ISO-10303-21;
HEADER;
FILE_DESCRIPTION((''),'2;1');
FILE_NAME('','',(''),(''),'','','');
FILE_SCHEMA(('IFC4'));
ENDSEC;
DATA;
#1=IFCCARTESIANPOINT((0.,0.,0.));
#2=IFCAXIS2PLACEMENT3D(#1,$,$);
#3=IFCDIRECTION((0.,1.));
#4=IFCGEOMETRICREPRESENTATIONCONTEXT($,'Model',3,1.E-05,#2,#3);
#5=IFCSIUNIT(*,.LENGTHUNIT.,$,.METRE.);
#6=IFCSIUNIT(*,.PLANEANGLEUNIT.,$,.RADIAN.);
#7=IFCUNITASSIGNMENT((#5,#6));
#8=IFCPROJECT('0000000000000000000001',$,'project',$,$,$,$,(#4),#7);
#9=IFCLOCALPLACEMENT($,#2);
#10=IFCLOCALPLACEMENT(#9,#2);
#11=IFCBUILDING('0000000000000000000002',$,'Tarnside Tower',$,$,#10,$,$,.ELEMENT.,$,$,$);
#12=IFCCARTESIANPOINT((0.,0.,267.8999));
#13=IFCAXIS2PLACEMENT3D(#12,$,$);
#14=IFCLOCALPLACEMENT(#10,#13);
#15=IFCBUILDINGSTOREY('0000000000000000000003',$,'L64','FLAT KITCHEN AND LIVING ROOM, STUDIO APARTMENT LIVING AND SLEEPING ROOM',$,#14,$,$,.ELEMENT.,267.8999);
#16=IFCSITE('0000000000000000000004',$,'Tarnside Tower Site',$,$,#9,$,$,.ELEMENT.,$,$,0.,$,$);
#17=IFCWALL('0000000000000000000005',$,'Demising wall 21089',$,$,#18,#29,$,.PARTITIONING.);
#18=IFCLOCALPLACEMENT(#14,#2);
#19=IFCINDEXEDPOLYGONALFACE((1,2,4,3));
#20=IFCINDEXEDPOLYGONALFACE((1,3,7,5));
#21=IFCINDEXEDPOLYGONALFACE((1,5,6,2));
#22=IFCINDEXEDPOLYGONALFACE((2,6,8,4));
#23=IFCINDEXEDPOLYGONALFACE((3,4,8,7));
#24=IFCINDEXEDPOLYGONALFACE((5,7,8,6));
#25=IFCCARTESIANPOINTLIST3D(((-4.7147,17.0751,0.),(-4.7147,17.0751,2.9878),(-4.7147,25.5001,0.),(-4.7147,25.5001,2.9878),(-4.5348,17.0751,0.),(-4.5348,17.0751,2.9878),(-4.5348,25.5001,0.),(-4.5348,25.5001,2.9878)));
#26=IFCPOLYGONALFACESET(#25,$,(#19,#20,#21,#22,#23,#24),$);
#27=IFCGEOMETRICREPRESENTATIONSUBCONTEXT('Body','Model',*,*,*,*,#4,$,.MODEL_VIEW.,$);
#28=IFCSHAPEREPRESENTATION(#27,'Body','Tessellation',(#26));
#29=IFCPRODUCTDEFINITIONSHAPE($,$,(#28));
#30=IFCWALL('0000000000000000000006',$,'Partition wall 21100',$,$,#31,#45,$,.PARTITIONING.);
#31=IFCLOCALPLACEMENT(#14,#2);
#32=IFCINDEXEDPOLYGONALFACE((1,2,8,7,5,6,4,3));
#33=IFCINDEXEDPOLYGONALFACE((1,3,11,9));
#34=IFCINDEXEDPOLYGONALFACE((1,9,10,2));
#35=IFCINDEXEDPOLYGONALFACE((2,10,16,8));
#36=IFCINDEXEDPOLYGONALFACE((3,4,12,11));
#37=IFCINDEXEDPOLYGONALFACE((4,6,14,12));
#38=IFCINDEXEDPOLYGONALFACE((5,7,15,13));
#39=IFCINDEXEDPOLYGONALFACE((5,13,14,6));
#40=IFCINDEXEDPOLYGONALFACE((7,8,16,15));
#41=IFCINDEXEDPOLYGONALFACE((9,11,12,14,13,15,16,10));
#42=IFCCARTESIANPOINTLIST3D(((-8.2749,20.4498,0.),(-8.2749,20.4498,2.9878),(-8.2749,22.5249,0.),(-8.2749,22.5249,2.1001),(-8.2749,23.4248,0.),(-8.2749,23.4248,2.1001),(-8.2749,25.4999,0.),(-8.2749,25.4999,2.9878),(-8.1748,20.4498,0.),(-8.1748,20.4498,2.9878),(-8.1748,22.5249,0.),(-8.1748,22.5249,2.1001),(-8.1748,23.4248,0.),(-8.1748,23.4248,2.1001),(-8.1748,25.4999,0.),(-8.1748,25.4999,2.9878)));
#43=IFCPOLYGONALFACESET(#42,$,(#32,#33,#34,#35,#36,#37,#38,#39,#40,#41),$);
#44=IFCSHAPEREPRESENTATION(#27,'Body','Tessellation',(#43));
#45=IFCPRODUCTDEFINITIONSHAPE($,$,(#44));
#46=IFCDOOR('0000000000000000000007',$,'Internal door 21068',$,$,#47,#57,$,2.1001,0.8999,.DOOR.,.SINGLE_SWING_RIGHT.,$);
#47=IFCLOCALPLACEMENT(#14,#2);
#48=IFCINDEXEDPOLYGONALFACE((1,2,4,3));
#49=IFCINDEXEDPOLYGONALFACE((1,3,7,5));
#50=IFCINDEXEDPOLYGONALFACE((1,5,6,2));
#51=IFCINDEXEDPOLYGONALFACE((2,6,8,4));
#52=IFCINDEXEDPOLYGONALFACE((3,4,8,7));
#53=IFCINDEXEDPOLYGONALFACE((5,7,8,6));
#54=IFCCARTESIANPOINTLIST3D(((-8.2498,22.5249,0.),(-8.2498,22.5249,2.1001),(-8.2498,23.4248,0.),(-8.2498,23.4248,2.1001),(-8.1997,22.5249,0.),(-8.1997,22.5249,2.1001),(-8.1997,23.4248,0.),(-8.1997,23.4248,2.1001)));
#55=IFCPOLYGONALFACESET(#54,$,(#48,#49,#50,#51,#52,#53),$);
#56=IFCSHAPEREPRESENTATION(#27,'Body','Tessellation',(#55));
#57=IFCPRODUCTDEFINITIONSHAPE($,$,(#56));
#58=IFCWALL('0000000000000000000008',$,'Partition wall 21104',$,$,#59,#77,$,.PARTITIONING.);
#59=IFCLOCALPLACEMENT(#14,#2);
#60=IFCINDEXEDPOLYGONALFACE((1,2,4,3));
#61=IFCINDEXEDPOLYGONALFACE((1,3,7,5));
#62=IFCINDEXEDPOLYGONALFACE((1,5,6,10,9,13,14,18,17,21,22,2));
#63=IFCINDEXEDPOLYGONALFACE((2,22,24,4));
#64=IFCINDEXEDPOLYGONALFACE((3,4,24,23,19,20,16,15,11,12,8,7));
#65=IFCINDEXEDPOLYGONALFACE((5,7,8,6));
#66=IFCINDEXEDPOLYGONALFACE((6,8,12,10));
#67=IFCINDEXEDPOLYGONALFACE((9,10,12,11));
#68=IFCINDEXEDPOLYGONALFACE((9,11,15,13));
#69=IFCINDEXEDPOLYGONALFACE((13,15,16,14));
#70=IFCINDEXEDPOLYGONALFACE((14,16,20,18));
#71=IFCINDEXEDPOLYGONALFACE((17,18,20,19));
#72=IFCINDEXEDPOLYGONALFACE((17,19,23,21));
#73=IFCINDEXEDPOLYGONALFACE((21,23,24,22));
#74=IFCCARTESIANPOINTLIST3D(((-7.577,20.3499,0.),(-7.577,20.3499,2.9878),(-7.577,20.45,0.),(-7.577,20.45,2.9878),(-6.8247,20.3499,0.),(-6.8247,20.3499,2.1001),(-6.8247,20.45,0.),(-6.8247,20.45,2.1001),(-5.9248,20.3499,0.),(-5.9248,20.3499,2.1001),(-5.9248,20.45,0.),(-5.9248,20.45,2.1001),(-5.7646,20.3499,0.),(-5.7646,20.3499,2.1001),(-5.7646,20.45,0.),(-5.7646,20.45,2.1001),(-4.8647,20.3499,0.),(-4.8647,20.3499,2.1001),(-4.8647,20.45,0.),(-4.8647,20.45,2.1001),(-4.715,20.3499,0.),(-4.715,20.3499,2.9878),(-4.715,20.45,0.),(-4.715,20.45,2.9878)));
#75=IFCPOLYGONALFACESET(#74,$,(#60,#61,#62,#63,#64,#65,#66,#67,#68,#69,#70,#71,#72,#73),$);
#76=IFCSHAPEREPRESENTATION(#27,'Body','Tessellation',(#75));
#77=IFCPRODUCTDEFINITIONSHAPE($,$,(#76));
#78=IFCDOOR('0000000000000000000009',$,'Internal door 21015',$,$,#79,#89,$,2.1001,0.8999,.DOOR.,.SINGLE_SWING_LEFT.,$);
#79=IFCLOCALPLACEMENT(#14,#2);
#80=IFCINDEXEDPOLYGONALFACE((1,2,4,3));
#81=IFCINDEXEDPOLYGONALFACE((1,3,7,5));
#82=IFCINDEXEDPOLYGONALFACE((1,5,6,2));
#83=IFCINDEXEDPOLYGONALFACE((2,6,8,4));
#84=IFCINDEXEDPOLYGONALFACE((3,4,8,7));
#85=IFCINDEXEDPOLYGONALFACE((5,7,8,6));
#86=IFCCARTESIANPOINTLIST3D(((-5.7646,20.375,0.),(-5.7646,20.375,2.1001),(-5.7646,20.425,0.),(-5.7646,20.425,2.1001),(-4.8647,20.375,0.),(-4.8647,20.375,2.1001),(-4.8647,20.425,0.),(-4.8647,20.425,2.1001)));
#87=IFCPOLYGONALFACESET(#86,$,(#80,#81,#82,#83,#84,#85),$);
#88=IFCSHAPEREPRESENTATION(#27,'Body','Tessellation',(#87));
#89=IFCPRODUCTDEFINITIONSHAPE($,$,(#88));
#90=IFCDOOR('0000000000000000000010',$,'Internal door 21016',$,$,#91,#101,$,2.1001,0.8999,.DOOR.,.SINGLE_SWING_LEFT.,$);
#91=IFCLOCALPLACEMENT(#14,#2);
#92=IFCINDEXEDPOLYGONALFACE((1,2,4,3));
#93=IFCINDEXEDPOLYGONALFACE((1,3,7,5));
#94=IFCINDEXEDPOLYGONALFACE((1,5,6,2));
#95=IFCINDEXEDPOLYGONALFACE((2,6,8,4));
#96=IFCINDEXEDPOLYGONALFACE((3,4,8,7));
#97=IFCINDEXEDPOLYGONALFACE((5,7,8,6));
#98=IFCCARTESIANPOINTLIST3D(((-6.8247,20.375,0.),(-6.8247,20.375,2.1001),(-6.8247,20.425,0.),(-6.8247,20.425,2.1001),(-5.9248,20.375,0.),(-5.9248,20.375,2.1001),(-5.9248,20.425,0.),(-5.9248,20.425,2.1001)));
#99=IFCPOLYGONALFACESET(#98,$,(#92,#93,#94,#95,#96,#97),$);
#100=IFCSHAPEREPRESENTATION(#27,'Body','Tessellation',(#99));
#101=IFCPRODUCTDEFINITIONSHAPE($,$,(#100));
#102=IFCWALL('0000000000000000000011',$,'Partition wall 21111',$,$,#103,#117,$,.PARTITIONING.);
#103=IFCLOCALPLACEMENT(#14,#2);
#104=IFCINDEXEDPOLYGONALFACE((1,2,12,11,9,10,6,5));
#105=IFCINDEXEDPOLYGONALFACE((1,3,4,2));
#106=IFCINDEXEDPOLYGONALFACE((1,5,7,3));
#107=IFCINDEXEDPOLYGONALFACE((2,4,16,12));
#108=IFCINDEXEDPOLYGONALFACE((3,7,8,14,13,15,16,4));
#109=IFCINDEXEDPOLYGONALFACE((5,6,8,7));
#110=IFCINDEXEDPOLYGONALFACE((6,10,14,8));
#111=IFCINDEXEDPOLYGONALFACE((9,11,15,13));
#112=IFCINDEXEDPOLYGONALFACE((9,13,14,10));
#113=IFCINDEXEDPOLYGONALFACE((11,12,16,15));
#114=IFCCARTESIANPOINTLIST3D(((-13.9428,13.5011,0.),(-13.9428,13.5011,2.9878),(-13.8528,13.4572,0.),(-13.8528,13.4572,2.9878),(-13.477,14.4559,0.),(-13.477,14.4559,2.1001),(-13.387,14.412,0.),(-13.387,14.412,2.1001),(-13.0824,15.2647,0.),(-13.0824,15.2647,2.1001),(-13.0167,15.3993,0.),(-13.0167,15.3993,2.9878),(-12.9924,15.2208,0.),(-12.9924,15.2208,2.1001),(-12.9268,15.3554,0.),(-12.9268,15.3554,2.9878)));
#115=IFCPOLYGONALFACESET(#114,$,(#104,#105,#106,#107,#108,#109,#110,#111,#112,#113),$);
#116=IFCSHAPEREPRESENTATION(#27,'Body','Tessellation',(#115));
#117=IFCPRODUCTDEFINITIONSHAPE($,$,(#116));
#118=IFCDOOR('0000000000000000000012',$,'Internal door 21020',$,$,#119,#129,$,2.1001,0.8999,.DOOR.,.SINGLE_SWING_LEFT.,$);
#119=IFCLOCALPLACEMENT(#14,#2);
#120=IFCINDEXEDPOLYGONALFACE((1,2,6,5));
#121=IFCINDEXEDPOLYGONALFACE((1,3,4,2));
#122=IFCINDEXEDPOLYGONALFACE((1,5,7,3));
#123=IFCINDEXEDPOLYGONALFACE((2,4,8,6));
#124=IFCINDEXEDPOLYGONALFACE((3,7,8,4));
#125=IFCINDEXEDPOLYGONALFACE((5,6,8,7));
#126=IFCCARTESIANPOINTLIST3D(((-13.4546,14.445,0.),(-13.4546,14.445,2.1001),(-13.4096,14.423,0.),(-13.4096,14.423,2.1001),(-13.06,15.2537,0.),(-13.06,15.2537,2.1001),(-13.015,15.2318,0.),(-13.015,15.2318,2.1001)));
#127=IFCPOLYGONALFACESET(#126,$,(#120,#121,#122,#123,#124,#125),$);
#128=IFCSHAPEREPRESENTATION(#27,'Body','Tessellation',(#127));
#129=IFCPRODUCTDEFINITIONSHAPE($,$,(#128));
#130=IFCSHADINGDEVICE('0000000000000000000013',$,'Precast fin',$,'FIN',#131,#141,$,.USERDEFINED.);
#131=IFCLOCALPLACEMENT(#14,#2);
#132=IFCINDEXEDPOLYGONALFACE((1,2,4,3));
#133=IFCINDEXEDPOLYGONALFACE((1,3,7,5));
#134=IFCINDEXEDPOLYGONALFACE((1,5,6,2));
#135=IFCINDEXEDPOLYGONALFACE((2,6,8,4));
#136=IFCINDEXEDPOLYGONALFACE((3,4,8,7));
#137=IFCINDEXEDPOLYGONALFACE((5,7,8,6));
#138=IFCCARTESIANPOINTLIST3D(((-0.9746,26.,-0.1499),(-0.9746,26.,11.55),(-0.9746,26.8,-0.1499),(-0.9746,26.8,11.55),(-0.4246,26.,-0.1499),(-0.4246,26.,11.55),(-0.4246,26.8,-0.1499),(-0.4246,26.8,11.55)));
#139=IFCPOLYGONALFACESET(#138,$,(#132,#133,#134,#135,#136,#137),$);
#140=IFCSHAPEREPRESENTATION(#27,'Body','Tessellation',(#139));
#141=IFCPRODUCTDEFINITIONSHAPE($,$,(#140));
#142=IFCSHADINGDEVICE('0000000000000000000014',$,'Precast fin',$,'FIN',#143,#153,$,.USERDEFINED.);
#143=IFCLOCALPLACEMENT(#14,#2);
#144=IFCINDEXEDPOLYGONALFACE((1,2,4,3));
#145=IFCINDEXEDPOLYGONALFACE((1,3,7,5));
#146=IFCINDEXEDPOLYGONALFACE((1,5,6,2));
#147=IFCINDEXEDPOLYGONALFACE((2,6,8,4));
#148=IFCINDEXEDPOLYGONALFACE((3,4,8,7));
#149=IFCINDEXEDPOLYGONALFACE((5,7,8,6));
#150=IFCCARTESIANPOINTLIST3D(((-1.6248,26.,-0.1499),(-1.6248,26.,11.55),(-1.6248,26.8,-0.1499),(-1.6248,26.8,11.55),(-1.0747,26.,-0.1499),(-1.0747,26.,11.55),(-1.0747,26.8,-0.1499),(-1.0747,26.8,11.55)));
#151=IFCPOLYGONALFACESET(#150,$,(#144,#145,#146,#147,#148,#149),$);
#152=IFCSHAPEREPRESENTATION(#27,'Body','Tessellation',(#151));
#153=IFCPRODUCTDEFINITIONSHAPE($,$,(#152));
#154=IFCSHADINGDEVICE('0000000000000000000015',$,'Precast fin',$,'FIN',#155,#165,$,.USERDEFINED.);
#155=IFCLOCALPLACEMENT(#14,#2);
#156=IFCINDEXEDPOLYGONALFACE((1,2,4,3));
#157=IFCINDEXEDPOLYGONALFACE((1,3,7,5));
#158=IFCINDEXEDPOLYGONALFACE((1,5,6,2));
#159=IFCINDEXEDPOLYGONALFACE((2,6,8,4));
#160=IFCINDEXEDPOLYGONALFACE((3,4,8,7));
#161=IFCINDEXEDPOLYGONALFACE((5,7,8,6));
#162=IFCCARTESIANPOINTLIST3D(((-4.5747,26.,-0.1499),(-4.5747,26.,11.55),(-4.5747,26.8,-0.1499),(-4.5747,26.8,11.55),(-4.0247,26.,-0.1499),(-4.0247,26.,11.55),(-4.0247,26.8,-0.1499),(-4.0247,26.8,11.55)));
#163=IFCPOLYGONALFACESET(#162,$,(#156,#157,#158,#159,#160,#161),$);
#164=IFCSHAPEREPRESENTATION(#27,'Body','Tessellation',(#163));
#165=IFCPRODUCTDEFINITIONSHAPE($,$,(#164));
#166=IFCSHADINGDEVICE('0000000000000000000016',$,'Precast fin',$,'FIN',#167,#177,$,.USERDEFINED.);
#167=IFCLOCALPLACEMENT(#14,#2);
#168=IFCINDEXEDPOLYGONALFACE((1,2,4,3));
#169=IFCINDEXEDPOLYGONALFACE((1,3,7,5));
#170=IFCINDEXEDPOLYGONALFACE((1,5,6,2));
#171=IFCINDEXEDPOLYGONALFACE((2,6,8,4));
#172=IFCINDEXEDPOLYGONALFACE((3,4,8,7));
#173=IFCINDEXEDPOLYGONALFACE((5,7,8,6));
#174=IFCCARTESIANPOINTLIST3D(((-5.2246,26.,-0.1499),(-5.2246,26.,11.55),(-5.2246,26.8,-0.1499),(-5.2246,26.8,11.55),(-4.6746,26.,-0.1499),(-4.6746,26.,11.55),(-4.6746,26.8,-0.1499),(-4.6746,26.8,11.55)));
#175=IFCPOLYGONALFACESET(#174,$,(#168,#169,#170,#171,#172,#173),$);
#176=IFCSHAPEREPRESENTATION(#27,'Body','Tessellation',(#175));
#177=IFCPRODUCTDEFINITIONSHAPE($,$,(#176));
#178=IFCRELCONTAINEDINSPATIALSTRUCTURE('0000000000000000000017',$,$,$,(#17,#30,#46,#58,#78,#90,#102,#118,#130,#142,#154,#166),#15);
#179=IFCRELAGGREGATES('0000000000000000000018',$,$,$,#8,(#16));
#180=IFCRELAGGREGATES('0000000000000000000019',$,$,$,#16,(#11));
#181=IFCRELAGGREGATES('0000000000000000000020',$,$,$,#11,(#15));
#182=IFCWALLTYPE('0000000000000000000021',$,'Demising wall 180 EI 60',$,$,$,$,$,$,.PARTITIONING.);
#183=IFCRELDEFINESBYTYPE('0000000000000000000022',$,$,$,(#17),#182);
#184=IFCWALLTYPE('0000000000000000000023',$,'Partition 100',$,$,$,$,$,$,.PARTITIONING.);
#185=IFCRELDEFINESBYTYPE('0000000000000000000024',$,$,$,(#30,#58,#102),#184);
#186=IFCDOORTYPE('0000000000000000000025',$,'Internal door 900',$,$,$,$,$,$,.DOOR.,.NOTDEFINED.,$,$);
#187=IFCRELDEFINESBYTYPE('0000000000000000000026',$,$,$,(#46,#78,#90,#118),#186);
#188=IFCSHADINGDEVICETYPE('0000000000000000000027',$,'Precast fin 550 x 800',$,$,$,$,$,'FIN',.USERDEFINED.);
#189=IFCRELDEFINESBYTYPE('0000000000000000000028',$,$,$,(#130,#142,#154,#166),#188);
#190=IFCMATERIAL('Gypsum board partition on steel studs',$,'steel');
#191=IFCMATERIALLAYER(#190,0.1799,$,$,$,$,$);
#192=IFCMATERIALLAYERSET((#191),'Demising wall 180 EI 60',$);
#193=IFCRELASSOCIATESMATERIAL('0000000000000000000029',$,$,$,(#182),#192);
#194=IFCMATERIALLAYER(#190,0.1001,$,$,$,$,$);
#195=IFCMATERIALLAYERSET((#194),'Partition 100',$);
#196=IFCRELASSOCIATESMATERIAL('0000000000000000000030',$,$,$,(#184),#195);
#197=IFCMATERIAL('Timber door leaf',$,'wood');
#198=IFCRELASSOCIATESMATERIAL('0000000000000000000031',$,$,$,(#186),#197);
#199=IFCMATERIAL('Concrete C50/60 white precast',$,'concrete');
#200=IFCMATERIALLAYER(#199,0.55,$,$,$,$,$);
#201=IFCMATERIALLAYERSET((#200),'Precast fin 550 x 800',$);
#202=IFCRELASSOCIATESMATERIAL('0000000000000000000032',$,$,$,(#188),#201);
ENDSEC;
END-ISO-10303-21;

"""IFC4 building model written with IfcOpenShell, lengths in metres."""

from ifc_helpers import new_model, si_unit, direction, frame, frame_2d, origin, place, context, subcontext, project, spatial, polyline, rectangle, outline, extrude, material, layer, layer_set, type_object, element, fill, save


model = new_model("IFC4")

# Units and contexts
model_context = context("Model", 3, precision=1e-05, world=origin(), true_north=direction((0.0, 1.0)))
body_context = subcontext(model_context, "Body", "Model", "MODEL_VIEW")
ifc_project = project(units=[si_unit("LENGTHUNIT", "METRE"), si_unit("PLANEANGLEUNIT", "RADIAN")], contexts=[model_context])

# Site, building, storey
site_placement = place(None, origin())
site = spatial("IfcSite", under=ifc_project, at=site_placement, Name="Tarnside Tower Site", CompositionType="ELEMENT", RefElevation=0.0)
building_placement = place(site_placement, origin())
building = spatial("IfcBuilding", under=site, at=building_placement, Name="Tarnside Tower", CompositionType="ELEMENT")
storey_placement = place(building_placement, frame((0.0, 0.0, 267.8999)))
storey = spatial("IfcBuildingStorey", under=building, at=storey_placement, Name="L64", Description="FLAT KITCHEN AND LIVING ROOM, STUDIO APARTMENT LIVING AND SLEEPING ROOM", CompositionType="ELEMENT", Elevation=267.8999)

# Shared definitions
ifc_material_1 = material(Name="Gypsum board partition on steel studs", Category="steel")

# Shared definitions
ifc_material_2 = material(Name="Timber door leaf", Category="wood")

# Wall
ifc_layer_1 = layer(ifc_material_1, 0.1799)
ifc_layer_set_1 = layer_set([ifc_layer_1], Name="Demising wall 180 EI 60")
wall_type_1 = type_object("IfcWallType", Name="Demising wall 180 EI 60", PredefinedType="PARTITIONING", material=ifc_layer_set_1)
wall_1_placement = place(storey_placement, frame((-4.6248, 25.5, 0.0), z_axis=(0.0, 0.0, 1.0), x_axis=(0.0, -1.0, 0.0)))
element("IfcWall", 1, at=wall_1_placement, inside=storey, type_object=wall_type_1, Name="Demising wall 21089", PredefinedType="PARTITIONING", context=body_context, shape_type="SweptSolid", body=[
    extrude(rectangle(XDim=8.425, YDim=0.1799, at=frame_2d((4.2124, 0.0))), origin(), (0.0, 0.0, 1.0), 2.9878),
])

# Wall, opening, door
ifc_layer_2 = layer(ifc_material_1, 0.1001)
ifc_layer_set_2 = layer_set([ifc_layer_2], Name="Partition 100")
wall_type_2 = type_object("IfcWallType", Name="Partition 100", PredefinedType="PARTITIONING", material=ifc_layer_set_2)
wall_2_placement = place(storey_placement, frame((-8.2249, 20.45, 0.0), z_axis=(0.0, 0.0, 1.0), x_axis=(0.0, 1.0, 0.0)))
wall_2 = element("IfcWall", 2, at=wall_2_placement, inside=storey, type_object=wall_type_2, Name="Partition wall 21100", PredefinedType="PARTITIONING", context=body_context, shape_type="SweptSolid", body=[
    extrude(rectangle(XDim=5.05, YDim=0.1001, at=frame_2d((2.5249, 0.0))), origin(), (0.0, 0.0, 1.0), 2.9878),
])
opening_1_placement = place(wall_2_placement, frame((2.075, 0.0, 0.0)))
opening_1 = element("IfcOpeningElement", 3, at=opening_1_placement, cuts=wall_2, PredefinedType="OPENING", context=body_context, shape_type="SweptSolid", body=[
    extrude(rectangle(XDim=0.8999, YDim=2.1001, at=frame_2d((0.45, 1.05))), frame((0.0, 0.0601, 0.0), z_axis=(0.0, -1.0, 0.0), x_axis=(1.0, 0.0, 0.0)), (0.0, 0.0, 1.0), 0.1201),
])
door_type_1 = type_object("IfcDoorType", Name="Internal door 900", OperationType="NOTDEFINED", PredefinedType="DOOR", material=ifc_material_2)
door_1_placement = place(opening_1_placement, origin())
door_1 = element("IfcDoor", 4, at=door_1_placement, inside=storey, type_object=door_type_1, Name="Internal door 21068", OperationType="SINGLE_SWING_RIGHT", OverallHeight=2.1001, OverallWidth=0.8999, PredefinedType="DOOR", context=body_context, shape_type="SweptSolid", body=[
    extrude(rectangle(XDim=0.8999, YDim=2.1001, at=frame_2d((0.45, 1.05))), frame((0.0, 0.0249, 0.0), z_axis=(0.0, -1.0, 0.0), x_axis=(1.0, 0.0, 0.0)), (0.0, 0.0, 1.0), 0.05),
])
fill(opening_1, door_1)

# Wall, openings, doors
wall_3_placement = place(storey_placement, frame((-4.7148, 20.3999, 0.0), z_axis=(0.0, 0.0, 1.0), x_axis=(-1.0, 0.0, 0.0)))
wall_3 = element("IfcWall", 5, at=wall_3_placement, inside=storey, type_object=wall_type_2, Name="Partition wall 21104", PredefinedType="PARTITIONING", context=body_context, shape_type="SweptSolid", body=[
    extrude(rectangle(XDim=2.8621, YDim=0.1001, at=frame_2d((1.4312, 0.0))), origin(), (0.0, 0.0, 1.0), 2.9878),
])
opening_2_placement = place(wall_3_placement, frame((0.1499, 0.0, 0.0)))
opening_2 = element("IfcOpeningElement", 6, at=opening_2_placement, cuts=wall_3, PredefinedType="OPENING", context=body_context, shape_type="SweptSolid", body=[
    extrude(rectangle(XDim=0.8999, YDim=2.1001, at=frame_2d((0.45, 1.05))), frame((0.0, 0.0601, 0.0), z_axis=(0.0, -1.0, 0.0), x_axis=(1.0, 0.0, 0.0)), (0.0, 0.0, 1.0), 0.1201),
])
opening_3_placement = place(wall_3_placement, frame((1.21, 0.0, 0.0)))
opening_3 = element("IfcOpeningElement", 7, at=opening_3_placement, cuts=wall_3, PredefinedType="OPENING", context=body_context, shape_type="SweptSolid", body=[
    extrude(rectangle(XDim=0.8999, YDim=2.1001, at=frame_2d((0.45, 1.05))), frame((0.0, 0.0601, 0.0), z_axis=(0.0, -1.0, 0.0), x_axis=(1.0, 0.0, 0.0)), (0.0, 0.0, 1.0), 0.1201),
])
door_2_placement = place(opening_2_placement, origin())
door_2 = element("IfcDoor", 8, at=door_2_placement, inside=storey, type_object=door_type_1, Name="Internal door 21015", OperationType="SINGLE_SWING_LEFT", OverallHeight=2.1001, OverallWidth=0.8999, PredefinedType="DOOR", context=body_context, shape_type="SweptSolid", body=[
    extrude(rectangle(XDim=0.8999, YDim=2.1001, at=frame_2d((0.45, 1.05))), frame((0.0, 0.0249, 0.0), z_axis=(0.0, -1.0, 0.0), x_axis=(1.0, 0.0, 0.0)), (0.0, 0.0, 1.0), 0.05),
])
fill(opening_2, door_2)
door_3_placement = place(opening_3_placement, origin())
door_3 = element("IfcDoor", 9, at=door_3_placement, inside=storey, type_object=door_type_1, Name="Internal door 21016", OperationType="SINGLE_SWING_LEFT", OverallHeight=2.1001, OverallWidth=0.8999, PredefinedType="DOOR", context=body_context, shape_type="SweptSolid", body=[
    extrude(rectangle(XDim=0.8999, YDim=2.1001, at=frame_2d((0.45, 1.05))), frame((0.0, 0.0249, 0.0), z_axis=(0.0, -1.0, 0.0), x_axis=(1.0, 0.0, 0.0)), (0.0, 0.0, 1.0), 0.05),
])
fill(opening_3, door_3)

# Wall, opening, door
wall_4_placement = place(storey_placement, frame((-12.9717, 15.3774, 0.0), z_axis=(0.0, 0.0, 1.0), x_axis=(-0.438453, -0.898754, 0.0)))
wall_4 = element("IfcWall", 10, at=wall_4_placement, inside=storey, type_object=wall_type_2, Name="Partition wall 21111", PredefinedType="PARTITIONING", context=body_context, shape_type="SweptSolid", body=[
    extrude(rectangle(XDim=2.1121, YDim=0.1001, at=frame_2d((1.0562, 0.0))), origin(), (0.0, 0.0, 1.0), 2.9878),
])
opening_4_placement = place(wall_4_placement, frame((0.1499, 0.0, 0.0)))
opening_4 = element("IfcOpeningElement", 11, at=opening_4_placement, cuts=wall_4, PredefinedType="OPENING", context=body_context, shape_type="SweptSolid", body=[
    extrude(rectangle(XDim=0.8999, YDim=2.1001, at=frame_2d((0.45, 1.05))), frame((0.0, 0.0601, 0.0), z_axis=(0.0, -1.0, 0.0), x_axis=(1.0, 0.0, 0.0)), (0.0, 0.0, 1.0), 0.1201),
])
door_4_placement = place(opening_4_placement, origin())
door_4 = element("IfcDoor", 12, at=door_4_placement, inside=storey, type_object=door_type_1, Name="Internal door 21020", OperationType="SINGLE_SWING_LEFT", OverallHeight=2.1001, OverallWidth=0.8999, PredefinedType="DOOR", context=body_context, shape_type="SweptSolid", body=[
    extrude(rectangle(XDim=0.8999, YDim=2.1001, at=frame_2d((0.45, 1.05))), frame((0.0, 0.0249, 0.0), z_axis=(0.0, -1.0, 0.0), x_axis=(1.0, 0.0, 0.0)), (0.0, 0.0, 1.0), 0.05),
])
fill(opening_4, door_4)

# Shading devices
ifc_material_3 = material(Name="Concrete C50/60 white precast", Category="concrete")
ifc_layer_3 = layer(ifc_material_3, 0.55)
ifc_layer_set_3 = layer_set([ifc_layer_3], Name="Precast fin 550 x 800")
shading_device_type = type_object("IfcShadingDeviceType", Name="Precast fin 550 x 800", ElementType="FIN", PredefinedType="USERDEFINED", material=ifc_layer_set_3)
for number, where, z_axis, x_axis, name in (
    (13, (-0.6997, 26.0, -0.1499), (1.0, 0.0, 0.0), (0.0, 1.0, 0.0), "Precast fin"),
    (14, (-1.3499, 26.0, -0.1499), (1.0, 0.0, 0.0), (0.0, 1.0, 0.0), "Precast fin"),
    (15, (-4.2998, 26.0, -0.1499), (1.0, 0.0, 0.0), (0.0, 1.0, 0.0), "Precast fin"),
    (16, (-4.9497, 26.0, -0.1499), (1.0, 0.0, 0.0), (0.0, 1.0, 0.0), "Precast fin"),
):
    element("IfcShadingDevice", number, at=place(storey_placement, frame(where, z_axis=z_axis, x_axis=x_axis)), inside=storey, type_object=shading_device_type, Name=name, ObjectType="FIN", PredefinedType="USERDEFINED", context=body_context, shape_type="SweptSolid", body=[
        extrude(outline(polyline([(0.0, 0.0), (0.8, 0.0), (0.8, 11.7), (0.0, 11.7), (0.0, 0.0)])), frame((0.0, 0.0, -0.2749)), (0.0, 0.0, 1.0), 0.55),
    ])

save(model, "model.ifc")
